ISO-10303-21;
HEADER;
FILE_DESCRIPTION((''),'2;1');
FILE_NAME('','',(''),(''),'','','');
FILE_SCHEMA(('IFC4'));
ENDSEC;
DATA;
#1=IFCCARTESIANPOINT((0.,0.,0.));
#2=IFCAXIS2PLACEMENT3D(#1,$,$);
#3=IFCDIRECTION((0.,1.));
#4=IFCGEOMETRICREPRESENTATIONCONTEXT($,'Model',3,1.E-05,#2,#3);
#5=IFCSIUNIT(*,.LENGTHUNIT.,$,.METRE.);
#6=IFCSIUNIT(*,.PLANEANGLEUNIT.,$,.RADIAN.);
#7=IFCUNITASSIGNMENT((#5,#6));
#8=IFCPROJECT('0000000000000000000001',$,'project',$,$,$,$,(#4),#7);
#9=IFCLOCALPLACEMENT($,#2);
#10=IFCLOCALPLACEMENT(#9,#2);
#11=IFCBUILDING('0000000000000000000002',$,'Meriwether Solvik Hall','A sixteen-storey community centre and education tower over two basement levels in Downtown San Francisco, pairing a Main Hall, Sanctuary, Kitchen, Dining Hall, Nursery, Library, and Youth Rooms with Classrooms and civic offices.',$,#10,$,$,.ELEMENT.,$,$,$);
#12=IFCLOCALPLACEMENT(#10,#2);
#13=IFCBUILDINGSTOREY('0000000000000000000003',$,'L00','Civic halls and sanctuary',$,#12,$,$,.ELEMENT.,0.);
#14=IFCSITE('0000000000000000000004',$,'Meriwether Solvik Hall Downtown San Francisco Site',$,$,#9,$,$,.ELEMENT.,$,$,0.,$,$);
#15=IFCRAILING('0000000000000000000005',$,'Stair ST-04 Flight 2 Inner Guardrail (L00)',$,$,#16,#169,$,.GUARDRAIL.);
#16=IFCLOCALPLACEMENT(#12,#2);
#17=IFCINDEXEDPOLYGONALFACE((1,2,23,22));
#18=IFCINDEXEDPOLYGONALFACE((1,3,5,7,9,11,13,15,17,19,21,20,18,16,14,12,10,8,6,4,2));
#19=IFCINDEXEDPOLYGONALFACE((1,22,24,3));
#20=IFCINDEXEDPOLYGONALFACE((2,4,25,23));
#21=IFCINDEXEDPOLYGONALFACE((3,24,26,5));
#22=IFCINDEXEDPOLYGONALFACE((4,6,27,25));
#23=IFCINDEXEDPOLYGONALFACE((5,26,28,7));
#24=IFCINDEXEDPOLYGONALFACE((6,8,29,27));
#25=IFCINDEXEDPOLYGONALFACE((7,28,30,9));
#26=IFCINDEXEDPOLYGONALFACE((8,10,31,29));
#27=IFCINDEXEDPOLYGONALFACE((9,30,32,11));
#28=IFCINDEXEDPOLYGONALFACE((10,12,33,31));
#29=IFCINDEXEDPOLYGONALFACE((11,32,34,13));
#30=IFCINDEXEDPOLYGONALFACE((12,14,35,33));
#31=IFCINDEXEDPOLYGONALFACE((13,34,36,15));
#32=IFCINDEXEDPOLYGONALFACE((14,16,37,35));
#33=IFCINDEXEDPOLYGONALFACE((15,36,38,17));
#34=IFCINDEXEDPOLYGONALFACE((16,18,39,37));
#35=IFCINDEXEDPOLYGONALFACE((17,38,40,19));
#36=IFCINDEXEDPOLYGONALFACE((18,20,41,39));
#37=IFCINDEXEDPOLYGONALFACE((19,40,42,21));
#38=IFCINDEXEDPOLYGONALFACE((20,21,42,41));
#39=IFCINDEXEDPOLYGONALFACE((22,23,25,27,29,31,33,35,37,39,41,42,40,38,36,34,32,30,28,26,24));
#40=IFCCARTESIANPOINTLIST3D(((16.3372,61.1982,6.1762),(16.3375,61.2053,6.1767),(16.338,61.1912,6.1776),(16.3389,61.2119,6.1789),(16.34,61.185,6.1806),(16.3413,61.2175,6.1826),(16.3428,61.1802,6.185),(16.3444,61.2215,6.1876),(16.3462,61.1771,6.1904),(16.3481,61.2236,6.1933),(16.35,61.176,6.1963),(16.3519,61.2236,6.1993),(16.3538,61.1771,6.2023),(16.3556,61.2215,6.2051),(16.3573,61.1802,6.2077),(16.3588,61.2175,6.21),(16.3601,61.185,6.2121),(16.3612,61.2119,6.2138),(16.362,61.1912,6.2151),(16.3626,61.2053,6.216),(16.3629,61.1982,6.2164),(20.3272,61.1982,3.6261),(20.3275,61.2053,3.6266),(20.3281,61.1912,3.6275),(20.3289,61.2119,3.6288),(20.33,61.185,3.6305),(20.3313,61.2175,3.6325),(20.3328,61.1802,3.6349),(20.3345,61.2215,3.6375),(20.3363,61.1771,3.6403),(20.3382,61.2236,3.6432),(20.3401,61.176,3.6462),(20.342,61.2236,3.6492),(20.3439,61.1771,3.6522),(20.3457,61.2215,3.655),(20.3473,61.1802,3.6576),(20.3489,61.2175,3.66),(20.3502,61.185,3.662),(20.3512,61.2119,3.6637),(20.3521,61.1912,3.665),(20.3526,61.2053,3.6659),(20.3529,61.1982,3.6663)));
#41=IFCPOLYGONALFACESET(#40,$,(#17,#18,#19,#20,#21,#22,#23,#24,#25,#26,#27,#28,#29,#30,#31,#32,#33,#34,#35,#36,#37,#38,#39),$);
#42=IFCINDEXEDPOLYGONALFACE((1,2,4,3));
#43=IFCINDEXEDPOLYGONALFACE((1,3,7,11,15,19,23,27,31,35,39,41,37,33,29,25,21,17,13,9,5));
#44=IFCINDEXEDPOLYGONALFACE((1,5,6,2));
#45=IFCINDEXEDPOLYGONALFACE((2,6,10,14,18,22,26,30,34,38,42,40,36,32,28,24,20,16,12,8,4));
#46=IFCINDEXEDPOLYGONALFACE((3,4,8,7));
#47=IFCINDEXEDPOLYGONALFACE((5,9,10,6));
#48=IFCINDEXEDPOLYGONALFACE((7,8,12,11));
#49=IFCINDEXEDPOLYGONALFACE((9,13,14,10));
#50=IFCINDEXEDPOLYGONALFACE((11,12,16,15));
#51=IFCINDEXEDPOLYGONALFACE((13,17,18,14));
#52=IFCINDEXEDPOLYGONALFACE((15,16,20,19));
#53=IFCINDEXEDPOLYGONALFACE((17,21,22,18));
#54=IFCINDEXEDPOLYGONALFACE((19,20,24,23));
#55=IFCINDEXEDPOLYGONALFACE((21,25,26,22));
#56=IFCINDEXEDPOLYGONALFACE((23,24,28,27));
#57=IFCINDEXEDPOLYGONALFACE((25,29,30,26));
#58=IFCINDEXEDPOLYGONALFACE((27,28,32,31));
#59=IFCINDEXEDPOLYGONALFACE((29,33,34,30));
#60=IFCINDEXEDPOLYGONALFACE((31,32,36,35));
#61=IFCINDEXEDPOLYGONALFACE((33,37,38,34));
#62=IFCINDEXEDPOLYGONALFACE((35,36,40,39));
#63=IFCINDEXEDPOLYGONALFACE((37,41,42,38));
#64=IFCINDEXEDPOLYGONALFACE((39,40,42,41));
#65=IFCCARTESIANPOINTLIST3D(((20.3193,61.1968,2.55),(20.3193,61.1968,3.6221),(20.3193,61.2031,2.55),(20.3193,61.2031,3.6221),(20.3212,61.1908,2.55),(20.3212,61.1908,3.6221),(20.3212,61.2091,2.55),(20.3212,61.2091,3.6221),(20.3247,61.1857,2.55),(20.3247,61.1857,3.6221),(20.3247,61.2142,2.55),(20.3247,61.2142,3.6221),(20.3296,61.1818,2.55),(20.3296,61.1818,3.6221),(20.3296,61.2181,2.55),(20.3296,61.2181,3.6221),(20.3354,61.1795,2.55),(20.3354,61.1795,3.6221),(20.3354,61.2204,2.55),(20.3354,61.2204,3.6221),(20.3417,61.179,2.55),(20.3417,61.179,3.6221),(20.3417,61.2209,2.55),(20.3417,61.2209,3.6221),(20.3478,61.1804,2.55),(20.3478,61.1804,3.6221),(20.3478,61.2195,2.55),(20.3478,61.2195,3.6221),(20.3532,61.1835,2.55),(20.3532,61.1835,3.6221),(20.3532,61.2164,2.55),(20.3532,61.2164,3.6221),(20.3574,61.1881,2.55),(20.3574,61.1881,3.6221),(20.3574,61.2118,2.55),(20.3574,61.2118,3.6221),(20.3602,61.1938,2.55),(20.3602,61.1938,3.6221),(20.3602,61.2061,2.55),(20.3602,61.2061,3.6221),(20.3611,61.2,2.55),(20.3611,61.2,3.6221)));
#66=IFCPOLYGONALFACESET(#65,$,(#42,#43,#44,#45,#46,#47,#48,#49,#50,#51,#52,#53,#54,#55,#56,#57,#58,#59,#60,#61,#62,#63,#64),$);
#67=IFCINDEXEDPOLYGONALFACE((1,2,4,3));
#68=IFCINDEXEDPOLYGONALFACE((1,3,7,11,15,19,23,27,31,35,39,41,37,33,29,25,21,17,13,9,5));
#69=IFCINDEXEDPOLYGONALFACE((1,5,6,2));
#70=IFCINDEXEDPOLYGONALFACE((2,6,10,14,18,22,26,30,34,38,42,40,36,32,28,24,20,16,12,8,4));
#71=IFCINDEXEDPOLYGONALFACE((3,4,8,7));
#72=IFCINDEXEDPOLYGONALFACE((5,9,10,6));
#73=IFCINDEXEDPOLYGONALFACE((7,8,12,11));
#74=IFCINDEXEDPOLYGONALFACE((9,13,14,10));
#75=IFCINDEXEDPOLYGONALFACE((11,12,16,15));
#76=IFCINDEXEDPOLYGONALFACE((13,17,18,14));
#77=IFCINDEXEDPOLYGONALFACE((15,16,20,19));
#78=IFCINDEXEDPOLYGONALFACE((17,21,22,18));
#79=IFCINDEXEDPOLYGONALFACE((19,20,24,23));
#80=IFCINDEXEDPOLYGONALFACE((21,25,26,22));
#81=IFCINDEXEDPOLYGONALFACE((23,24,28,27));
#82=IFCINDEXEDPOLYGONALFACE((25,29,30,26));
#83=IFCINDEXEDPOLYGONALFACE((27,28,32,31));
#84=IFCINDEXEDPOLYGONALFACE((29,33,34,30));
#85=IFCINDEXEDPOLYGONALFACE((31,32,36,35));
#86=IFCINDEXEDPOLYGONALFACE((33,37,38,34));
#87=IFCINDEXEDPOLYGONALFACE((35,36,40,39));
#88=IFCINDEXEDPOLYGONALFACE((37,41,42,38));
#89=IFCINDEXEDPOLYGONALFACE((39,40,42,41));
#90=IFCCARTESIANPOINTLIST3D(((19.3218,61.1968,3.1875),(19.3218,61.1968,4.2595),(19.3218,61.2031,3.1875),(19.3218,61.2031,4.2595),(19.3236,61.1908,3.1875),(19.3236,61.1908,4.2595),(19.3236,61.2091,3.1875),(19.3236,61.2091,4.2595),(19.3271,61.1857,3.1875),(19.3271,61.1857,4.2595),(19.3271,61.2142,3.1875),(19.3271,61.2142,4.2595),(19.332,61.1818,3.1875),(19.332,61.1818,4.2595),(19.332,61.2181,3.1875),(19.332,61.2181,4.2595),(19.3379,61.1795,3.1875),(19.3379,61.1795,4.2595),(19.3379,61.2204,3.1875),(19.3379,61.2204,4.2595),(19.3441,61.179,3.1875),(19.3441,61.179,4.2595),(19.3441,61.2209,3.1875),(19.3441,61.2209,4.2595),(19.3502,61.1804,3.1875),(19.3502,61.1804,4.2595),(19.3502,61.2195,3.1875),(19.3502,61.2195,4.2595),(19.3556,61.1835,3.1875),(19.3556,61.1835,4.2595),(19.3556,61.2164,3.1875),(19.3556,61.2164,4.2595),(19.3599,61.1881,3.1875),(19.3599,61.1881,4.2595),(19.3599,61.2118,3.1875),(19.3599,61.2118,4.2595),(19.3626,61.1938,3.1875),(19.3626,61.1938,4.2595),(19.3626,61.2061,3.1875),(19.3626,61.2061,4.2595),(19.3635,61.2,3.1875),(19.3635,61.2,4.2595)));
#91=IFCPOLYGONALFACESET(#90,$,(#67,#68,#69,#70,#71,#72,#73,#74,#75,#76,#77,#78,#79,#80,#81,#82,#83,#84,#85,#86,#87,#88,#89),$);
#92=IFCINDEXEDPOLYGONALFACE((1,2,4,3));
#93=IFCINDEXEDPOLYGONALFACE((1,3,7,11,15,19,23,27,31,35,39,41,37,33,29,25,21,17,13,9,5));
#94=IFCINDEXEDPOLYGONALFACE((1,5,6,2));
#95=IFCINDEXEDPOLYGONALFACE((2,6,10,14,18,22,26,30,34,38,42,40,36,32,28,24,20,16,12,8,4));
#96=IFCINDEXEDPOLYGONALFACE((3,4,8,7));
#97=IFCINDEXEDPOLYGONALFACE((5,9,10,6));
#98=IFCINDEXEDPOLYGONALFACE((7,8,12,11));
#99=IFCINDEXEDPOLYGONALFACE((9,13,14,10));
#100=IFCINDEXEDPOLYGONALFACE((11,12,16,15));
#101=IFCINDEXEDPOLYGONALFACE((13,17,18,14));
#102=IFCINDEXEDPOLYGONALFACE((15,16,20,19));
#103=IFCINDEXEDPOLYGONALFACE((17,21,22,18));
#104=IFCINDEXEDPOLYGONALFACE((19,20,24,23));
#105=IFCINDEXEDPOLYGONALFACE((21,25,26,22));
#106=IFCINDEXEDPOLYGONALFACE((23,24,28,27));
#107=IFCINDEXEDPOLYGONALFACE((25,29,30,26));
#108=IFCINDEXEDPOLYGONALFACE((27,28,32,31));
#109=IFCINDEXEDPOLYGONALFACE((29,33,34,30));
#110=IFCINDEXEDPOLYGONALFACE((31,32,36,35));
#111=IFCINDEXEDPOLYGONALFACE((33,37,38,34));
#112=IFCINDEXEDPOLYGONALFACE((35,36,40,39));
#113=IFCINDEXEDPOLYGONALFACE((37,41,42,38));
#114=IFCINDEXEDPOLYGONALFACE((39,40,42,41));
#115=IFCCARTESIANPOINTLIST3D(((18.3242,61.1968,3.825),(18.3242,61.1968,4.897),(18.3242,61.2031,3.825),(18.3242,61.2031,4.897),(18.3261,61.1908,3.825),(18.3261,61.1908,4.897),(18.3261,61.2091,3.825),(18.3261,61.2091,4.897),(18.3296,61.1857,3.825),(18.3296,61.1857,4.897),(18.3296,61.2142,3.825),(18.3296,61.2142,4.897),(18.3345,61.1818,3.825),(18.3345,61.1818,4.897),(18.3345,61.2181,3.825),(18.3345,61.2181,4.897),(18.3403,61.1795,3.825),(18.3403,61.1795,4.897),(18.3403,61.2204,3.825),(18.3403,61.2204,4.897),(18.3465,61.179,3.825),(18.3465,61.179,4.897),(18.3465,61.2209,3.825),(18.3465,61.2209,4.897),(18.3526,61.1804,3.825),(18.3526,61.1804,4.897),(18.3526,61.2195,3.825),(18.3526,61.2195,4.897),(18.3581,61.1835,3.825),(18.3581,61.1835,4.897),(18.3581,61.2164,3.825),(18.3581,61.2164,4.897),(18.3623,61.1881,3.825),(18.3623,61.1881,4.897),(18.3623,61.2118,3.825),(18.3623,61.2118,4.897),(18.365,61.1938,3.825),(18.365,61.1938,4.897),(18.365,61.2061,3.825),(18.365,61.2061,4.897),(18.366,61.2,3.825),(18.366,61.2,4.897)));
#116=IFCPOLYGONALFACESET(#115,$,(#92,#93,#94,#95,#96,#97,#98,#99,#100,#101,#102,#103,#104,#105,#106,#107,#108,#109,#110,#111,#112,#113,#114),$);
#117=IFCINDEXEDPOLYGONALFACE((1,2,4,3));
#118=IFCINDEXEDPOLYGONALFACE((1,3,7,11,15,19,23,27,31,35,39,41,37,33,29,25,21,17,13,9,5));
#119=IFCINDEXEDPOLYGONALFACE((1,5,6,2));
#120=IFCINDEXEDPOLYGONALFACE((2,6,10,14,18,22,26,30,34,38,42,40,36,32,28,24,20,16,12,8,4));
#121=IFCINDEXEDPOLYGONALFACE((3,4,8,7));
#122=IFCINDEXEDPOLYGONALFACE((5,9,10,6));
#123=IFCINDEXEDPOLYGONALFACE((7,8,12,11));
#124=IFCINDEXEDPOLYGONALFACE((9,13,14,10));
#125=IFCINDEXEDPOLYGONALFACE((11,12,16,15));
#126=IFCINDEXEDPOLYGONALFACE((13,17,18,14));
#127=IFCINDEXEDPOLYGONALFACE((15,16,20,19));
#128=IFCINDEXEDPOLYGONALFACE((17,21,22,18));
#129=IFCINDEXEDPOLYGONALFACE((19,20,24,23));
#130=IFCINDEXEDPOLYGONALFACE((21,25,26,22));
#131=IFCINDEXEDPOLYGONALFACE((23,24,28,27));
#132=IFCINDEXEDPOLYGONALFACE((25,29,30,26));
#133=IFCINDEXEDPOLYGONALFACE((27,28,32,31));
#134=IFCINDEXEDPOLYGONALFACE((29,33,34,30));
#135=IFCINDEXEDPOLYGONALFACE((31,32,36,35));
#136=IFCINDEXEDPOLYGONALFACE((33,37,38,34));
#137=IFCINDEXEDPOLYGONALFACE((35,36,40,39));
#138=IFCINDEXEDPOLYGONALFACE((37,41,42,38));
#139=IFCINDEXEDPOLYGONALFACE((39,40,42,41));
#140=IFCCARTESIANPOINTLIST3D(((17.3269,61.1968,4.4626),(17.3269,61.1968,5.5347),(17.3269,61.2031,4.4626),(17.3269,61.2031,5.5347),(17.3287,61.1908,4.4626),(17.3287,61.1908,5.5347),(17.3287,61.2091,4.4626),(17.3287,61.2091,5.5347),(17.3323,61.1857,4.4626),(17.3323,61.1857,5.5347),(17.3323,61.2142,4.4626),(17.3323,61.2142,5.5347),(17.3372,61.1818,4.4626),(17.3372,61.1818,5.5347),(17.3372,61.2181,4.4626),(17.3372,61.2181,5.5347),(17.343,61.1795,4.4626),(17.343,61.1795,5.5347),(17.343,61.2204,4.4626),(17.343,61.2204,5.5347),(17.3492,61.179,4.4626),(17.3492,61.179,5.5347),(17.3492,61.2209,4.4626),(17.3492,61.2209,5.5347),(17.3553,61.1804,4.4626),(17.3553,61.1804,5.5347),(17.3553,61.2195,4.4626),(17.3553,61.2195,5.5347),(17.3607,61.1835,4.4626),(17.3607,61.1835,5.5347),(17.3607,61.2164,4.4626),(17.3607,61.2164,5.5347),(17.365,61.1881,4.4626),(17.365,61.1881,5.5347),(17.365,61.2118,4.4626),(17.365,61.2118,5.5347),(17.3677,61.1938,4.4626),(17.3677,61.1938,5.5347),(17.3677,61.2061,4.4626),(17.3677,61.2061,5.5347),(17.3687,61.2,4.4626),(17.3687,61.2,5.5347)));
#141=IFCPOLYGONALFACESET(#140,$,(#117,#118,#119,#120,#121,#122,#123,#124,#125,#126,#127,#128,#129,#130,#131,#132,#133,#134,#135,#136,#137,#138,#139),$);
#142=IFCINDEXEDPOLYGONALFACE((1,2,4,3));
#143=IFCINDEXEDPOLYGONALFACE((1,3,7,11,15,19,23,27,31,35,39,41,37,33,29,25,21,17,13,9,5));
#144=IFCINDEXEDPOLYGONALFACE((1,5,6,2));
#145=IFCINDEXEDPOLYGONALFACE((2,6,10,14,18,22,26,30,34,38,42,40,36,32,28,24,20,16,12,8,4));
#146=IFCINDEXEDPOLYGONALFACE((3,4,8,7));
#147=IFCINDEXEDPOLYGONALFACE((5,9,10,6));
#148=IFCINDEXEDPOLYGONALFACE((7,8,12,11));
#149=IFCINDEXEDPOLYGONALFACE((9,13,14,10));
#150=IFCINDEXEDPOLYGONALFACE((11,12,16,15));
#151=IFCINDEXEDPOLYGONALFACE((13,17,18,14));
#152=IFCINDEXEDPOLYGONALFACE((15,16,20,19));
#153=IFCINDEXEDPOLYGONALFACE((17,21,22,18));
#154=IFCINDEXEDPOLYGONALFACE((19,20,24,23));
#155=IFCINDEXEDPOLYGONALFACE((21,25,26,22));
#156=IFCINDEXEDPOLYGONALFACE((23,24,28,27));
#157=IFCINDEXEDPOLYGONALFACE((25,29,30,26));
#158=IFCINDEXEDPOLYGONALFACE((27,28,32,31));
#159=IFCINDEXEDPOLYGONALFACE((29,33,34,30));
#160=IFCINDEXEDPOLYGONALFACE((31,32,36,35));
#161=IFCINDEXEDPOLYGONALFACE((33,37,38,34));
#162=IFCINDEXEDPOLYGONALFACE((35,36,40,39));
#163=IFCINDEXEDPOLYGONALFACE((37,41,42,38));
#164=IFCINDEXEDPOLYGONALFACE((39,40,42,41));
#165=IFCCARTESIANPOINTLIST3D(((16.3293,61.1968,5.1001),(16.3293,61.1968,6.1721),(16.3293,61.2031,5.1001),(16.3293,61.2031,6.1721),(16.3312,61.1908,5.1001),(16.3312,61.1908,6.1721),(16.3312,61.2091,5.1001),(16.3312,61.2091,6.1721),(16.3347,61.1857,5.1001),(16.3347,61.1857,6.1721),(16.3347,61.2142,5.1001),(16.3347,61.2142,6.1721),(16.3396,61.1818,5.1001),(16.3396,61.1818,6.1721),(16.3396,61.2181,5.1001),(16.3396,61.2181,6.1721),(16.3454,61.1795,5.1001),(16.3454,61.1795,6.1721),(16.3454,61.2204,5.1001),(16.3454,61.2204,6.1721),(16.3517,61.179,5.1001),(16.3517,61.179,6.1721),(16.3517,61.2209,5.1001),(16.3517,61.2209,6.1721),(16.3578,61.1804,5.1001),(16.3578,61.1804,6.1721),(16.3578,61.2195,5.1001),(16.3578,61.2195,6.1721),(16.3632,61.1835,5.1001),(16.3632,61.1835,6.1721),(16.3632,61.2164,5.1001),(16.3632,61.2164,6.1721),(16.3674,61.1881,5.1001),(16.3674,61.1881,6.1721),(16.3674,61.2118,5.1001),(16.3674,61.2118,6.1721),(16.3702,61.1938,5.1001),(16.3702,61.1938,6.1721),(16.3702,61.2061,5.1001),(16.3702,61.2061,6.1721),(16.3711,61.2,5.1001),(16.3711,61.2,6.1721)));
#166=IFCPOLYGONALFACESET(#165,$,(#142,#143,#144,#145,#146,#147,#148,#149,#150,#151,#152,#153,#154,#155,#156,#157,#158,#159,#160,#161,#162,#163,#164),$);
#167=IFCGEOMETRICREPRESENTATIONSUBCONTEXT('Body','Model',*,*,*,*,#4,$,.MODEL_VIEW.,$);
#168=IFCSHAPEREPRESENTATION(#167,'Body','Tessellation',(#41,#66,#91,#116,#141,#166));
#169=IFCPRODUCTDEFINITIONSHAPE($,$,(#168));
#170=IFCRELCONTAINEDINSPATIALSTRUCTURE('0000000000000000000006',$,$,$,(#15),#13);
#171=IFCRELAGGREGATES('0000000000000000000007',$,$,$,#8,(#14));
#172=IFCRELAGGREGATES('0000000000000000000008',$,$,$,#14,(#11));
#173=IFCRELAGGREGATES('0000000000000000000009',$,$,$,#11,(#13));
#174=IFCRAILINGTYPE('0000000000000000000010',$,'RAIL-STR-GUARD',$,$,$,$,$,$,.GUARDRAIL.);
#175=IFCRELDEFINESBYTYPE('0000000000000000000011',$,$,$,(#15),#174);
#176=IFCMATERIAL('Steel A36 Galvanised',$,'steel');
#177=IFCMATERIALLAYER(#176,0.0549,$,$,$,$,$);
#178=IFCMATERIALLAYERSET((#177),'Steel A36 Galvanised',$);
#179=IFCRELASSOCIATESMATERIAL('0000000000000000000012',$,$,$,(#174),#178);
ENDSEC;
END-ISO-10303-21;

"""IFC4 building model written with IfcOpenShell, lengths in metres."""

from ifc_helpers import new_model, si_unit, direction, frame, origin, origin_2d, place, context, subcontext, project, spatial, circle, extrude, material, layer, layer_set, type_object, element, save


model = new_model("IFC4")

# Units and contexts
model_context = context("Model", 3, precision=1e-05, world=origin(), true_north=direction((0.0, 1.0)))
body_context = subcontext(model_context, "Body", "Model", "MODEL_VIEW")
ifc_project = project(units=[si_unit("LENGTHUNIT", "METRE"), si_unit("PLANEANGLEUNIT", "RADIAN")], contexts=[model_context])

# Site, building, storey
site_placement = place(None, origin())
site = spatial("IfcSite", under=ifc_project, at=site_placement, Name="Meriwether Solvik Hall Downtown San Francisco Site", CompositionType="ELEMENT", RefElevation=0.0)
building_placement = place(site_placement, origin())
building = spatial("IfcBuilding", under=site, at=building_placement, Name="Meriwether Solvik Hall", Description="A sixteen-storey community centre and education tower over two basement levels in Downtown San Francisco, pairing a Main Hall, Sanctuary, Kitchen, Dining Hall, Nursery, Library, and Youth Rooms with Classrooms and civic offices.", CompositionType="ELEMENT")
storey_placement = place(building_placement, origin())
storey = spatial("IfcBuildingStorey", under=building, at=storey_placement, Name="L00", Description="Civic halls and sanctuary", CompositionType="ELEMENT", Elevation=0.0)

# Railing
ifc_material_1 = material(Name="Steel A36 Galvanised", Category="steel")
ifc_layer_1 = layer(ifc_material_1, 0.0549)
ifc_layer_set_1 = layer_set([ifc_layer_1], Name="Steel A36 Galvanised")
railing_type_1 = type_object("IfcRailingType", Name="RAIL-STR-GUARD", PredefinedType="GUARDRAIL", material=ifc_layer_set_1)
railing_1_placement = place(storey_placement, frame((20.3401, 61.2, 2.55)))
element("IfcRailing", 1, at=railing_1_placement, inside=storey, type_object=railing_type_1, Name="Stair ST-04 Flight 2 Inner Guardrail (L00)", PredefinedType="GUARDRAIL", context=body_context, shape_type="SweptSolid", body=[
    extrude(circle(Radius=0.0239, at=origin_2d()), frame((0.0, 0.0, 1.0962), z_axis=(-0.842611, 0.0, 0.538523), x_axis=(0.0, -1.0, 0.0)), (0.0, 0.0, 1.0), 4.7354),
    extrude(circle(Radius=0.021, at=origin_2d()), origin(), (0.0, 0.0, 1.0), 1.072),
    extrude(circle(Radius=0.021, at=origin_2d()), frame((-0.9976, 0.0, 0.6375)), (0.0, 0.0, 1.0), 1.072),
    extrude(circle(Radius=0.021, at=origin_2d()), frame((-1.9951, 0.0, 1.2749)), (0.0, 0.0, 1.0), 1.072),
    extrude(circle(Radius=0.021, at=origin_2d()), frame((-2.9924, 0.0, 1.9126)), (0.0, 0.0, 1.0), 1.072),
    extrude(circle(Radius=0.021, at=origin_2d()), frame((-3.99, 0.0, 2.55)), (0.0, 0.0, 1.0), 1.072),
])

save(model, "model.ifc")
